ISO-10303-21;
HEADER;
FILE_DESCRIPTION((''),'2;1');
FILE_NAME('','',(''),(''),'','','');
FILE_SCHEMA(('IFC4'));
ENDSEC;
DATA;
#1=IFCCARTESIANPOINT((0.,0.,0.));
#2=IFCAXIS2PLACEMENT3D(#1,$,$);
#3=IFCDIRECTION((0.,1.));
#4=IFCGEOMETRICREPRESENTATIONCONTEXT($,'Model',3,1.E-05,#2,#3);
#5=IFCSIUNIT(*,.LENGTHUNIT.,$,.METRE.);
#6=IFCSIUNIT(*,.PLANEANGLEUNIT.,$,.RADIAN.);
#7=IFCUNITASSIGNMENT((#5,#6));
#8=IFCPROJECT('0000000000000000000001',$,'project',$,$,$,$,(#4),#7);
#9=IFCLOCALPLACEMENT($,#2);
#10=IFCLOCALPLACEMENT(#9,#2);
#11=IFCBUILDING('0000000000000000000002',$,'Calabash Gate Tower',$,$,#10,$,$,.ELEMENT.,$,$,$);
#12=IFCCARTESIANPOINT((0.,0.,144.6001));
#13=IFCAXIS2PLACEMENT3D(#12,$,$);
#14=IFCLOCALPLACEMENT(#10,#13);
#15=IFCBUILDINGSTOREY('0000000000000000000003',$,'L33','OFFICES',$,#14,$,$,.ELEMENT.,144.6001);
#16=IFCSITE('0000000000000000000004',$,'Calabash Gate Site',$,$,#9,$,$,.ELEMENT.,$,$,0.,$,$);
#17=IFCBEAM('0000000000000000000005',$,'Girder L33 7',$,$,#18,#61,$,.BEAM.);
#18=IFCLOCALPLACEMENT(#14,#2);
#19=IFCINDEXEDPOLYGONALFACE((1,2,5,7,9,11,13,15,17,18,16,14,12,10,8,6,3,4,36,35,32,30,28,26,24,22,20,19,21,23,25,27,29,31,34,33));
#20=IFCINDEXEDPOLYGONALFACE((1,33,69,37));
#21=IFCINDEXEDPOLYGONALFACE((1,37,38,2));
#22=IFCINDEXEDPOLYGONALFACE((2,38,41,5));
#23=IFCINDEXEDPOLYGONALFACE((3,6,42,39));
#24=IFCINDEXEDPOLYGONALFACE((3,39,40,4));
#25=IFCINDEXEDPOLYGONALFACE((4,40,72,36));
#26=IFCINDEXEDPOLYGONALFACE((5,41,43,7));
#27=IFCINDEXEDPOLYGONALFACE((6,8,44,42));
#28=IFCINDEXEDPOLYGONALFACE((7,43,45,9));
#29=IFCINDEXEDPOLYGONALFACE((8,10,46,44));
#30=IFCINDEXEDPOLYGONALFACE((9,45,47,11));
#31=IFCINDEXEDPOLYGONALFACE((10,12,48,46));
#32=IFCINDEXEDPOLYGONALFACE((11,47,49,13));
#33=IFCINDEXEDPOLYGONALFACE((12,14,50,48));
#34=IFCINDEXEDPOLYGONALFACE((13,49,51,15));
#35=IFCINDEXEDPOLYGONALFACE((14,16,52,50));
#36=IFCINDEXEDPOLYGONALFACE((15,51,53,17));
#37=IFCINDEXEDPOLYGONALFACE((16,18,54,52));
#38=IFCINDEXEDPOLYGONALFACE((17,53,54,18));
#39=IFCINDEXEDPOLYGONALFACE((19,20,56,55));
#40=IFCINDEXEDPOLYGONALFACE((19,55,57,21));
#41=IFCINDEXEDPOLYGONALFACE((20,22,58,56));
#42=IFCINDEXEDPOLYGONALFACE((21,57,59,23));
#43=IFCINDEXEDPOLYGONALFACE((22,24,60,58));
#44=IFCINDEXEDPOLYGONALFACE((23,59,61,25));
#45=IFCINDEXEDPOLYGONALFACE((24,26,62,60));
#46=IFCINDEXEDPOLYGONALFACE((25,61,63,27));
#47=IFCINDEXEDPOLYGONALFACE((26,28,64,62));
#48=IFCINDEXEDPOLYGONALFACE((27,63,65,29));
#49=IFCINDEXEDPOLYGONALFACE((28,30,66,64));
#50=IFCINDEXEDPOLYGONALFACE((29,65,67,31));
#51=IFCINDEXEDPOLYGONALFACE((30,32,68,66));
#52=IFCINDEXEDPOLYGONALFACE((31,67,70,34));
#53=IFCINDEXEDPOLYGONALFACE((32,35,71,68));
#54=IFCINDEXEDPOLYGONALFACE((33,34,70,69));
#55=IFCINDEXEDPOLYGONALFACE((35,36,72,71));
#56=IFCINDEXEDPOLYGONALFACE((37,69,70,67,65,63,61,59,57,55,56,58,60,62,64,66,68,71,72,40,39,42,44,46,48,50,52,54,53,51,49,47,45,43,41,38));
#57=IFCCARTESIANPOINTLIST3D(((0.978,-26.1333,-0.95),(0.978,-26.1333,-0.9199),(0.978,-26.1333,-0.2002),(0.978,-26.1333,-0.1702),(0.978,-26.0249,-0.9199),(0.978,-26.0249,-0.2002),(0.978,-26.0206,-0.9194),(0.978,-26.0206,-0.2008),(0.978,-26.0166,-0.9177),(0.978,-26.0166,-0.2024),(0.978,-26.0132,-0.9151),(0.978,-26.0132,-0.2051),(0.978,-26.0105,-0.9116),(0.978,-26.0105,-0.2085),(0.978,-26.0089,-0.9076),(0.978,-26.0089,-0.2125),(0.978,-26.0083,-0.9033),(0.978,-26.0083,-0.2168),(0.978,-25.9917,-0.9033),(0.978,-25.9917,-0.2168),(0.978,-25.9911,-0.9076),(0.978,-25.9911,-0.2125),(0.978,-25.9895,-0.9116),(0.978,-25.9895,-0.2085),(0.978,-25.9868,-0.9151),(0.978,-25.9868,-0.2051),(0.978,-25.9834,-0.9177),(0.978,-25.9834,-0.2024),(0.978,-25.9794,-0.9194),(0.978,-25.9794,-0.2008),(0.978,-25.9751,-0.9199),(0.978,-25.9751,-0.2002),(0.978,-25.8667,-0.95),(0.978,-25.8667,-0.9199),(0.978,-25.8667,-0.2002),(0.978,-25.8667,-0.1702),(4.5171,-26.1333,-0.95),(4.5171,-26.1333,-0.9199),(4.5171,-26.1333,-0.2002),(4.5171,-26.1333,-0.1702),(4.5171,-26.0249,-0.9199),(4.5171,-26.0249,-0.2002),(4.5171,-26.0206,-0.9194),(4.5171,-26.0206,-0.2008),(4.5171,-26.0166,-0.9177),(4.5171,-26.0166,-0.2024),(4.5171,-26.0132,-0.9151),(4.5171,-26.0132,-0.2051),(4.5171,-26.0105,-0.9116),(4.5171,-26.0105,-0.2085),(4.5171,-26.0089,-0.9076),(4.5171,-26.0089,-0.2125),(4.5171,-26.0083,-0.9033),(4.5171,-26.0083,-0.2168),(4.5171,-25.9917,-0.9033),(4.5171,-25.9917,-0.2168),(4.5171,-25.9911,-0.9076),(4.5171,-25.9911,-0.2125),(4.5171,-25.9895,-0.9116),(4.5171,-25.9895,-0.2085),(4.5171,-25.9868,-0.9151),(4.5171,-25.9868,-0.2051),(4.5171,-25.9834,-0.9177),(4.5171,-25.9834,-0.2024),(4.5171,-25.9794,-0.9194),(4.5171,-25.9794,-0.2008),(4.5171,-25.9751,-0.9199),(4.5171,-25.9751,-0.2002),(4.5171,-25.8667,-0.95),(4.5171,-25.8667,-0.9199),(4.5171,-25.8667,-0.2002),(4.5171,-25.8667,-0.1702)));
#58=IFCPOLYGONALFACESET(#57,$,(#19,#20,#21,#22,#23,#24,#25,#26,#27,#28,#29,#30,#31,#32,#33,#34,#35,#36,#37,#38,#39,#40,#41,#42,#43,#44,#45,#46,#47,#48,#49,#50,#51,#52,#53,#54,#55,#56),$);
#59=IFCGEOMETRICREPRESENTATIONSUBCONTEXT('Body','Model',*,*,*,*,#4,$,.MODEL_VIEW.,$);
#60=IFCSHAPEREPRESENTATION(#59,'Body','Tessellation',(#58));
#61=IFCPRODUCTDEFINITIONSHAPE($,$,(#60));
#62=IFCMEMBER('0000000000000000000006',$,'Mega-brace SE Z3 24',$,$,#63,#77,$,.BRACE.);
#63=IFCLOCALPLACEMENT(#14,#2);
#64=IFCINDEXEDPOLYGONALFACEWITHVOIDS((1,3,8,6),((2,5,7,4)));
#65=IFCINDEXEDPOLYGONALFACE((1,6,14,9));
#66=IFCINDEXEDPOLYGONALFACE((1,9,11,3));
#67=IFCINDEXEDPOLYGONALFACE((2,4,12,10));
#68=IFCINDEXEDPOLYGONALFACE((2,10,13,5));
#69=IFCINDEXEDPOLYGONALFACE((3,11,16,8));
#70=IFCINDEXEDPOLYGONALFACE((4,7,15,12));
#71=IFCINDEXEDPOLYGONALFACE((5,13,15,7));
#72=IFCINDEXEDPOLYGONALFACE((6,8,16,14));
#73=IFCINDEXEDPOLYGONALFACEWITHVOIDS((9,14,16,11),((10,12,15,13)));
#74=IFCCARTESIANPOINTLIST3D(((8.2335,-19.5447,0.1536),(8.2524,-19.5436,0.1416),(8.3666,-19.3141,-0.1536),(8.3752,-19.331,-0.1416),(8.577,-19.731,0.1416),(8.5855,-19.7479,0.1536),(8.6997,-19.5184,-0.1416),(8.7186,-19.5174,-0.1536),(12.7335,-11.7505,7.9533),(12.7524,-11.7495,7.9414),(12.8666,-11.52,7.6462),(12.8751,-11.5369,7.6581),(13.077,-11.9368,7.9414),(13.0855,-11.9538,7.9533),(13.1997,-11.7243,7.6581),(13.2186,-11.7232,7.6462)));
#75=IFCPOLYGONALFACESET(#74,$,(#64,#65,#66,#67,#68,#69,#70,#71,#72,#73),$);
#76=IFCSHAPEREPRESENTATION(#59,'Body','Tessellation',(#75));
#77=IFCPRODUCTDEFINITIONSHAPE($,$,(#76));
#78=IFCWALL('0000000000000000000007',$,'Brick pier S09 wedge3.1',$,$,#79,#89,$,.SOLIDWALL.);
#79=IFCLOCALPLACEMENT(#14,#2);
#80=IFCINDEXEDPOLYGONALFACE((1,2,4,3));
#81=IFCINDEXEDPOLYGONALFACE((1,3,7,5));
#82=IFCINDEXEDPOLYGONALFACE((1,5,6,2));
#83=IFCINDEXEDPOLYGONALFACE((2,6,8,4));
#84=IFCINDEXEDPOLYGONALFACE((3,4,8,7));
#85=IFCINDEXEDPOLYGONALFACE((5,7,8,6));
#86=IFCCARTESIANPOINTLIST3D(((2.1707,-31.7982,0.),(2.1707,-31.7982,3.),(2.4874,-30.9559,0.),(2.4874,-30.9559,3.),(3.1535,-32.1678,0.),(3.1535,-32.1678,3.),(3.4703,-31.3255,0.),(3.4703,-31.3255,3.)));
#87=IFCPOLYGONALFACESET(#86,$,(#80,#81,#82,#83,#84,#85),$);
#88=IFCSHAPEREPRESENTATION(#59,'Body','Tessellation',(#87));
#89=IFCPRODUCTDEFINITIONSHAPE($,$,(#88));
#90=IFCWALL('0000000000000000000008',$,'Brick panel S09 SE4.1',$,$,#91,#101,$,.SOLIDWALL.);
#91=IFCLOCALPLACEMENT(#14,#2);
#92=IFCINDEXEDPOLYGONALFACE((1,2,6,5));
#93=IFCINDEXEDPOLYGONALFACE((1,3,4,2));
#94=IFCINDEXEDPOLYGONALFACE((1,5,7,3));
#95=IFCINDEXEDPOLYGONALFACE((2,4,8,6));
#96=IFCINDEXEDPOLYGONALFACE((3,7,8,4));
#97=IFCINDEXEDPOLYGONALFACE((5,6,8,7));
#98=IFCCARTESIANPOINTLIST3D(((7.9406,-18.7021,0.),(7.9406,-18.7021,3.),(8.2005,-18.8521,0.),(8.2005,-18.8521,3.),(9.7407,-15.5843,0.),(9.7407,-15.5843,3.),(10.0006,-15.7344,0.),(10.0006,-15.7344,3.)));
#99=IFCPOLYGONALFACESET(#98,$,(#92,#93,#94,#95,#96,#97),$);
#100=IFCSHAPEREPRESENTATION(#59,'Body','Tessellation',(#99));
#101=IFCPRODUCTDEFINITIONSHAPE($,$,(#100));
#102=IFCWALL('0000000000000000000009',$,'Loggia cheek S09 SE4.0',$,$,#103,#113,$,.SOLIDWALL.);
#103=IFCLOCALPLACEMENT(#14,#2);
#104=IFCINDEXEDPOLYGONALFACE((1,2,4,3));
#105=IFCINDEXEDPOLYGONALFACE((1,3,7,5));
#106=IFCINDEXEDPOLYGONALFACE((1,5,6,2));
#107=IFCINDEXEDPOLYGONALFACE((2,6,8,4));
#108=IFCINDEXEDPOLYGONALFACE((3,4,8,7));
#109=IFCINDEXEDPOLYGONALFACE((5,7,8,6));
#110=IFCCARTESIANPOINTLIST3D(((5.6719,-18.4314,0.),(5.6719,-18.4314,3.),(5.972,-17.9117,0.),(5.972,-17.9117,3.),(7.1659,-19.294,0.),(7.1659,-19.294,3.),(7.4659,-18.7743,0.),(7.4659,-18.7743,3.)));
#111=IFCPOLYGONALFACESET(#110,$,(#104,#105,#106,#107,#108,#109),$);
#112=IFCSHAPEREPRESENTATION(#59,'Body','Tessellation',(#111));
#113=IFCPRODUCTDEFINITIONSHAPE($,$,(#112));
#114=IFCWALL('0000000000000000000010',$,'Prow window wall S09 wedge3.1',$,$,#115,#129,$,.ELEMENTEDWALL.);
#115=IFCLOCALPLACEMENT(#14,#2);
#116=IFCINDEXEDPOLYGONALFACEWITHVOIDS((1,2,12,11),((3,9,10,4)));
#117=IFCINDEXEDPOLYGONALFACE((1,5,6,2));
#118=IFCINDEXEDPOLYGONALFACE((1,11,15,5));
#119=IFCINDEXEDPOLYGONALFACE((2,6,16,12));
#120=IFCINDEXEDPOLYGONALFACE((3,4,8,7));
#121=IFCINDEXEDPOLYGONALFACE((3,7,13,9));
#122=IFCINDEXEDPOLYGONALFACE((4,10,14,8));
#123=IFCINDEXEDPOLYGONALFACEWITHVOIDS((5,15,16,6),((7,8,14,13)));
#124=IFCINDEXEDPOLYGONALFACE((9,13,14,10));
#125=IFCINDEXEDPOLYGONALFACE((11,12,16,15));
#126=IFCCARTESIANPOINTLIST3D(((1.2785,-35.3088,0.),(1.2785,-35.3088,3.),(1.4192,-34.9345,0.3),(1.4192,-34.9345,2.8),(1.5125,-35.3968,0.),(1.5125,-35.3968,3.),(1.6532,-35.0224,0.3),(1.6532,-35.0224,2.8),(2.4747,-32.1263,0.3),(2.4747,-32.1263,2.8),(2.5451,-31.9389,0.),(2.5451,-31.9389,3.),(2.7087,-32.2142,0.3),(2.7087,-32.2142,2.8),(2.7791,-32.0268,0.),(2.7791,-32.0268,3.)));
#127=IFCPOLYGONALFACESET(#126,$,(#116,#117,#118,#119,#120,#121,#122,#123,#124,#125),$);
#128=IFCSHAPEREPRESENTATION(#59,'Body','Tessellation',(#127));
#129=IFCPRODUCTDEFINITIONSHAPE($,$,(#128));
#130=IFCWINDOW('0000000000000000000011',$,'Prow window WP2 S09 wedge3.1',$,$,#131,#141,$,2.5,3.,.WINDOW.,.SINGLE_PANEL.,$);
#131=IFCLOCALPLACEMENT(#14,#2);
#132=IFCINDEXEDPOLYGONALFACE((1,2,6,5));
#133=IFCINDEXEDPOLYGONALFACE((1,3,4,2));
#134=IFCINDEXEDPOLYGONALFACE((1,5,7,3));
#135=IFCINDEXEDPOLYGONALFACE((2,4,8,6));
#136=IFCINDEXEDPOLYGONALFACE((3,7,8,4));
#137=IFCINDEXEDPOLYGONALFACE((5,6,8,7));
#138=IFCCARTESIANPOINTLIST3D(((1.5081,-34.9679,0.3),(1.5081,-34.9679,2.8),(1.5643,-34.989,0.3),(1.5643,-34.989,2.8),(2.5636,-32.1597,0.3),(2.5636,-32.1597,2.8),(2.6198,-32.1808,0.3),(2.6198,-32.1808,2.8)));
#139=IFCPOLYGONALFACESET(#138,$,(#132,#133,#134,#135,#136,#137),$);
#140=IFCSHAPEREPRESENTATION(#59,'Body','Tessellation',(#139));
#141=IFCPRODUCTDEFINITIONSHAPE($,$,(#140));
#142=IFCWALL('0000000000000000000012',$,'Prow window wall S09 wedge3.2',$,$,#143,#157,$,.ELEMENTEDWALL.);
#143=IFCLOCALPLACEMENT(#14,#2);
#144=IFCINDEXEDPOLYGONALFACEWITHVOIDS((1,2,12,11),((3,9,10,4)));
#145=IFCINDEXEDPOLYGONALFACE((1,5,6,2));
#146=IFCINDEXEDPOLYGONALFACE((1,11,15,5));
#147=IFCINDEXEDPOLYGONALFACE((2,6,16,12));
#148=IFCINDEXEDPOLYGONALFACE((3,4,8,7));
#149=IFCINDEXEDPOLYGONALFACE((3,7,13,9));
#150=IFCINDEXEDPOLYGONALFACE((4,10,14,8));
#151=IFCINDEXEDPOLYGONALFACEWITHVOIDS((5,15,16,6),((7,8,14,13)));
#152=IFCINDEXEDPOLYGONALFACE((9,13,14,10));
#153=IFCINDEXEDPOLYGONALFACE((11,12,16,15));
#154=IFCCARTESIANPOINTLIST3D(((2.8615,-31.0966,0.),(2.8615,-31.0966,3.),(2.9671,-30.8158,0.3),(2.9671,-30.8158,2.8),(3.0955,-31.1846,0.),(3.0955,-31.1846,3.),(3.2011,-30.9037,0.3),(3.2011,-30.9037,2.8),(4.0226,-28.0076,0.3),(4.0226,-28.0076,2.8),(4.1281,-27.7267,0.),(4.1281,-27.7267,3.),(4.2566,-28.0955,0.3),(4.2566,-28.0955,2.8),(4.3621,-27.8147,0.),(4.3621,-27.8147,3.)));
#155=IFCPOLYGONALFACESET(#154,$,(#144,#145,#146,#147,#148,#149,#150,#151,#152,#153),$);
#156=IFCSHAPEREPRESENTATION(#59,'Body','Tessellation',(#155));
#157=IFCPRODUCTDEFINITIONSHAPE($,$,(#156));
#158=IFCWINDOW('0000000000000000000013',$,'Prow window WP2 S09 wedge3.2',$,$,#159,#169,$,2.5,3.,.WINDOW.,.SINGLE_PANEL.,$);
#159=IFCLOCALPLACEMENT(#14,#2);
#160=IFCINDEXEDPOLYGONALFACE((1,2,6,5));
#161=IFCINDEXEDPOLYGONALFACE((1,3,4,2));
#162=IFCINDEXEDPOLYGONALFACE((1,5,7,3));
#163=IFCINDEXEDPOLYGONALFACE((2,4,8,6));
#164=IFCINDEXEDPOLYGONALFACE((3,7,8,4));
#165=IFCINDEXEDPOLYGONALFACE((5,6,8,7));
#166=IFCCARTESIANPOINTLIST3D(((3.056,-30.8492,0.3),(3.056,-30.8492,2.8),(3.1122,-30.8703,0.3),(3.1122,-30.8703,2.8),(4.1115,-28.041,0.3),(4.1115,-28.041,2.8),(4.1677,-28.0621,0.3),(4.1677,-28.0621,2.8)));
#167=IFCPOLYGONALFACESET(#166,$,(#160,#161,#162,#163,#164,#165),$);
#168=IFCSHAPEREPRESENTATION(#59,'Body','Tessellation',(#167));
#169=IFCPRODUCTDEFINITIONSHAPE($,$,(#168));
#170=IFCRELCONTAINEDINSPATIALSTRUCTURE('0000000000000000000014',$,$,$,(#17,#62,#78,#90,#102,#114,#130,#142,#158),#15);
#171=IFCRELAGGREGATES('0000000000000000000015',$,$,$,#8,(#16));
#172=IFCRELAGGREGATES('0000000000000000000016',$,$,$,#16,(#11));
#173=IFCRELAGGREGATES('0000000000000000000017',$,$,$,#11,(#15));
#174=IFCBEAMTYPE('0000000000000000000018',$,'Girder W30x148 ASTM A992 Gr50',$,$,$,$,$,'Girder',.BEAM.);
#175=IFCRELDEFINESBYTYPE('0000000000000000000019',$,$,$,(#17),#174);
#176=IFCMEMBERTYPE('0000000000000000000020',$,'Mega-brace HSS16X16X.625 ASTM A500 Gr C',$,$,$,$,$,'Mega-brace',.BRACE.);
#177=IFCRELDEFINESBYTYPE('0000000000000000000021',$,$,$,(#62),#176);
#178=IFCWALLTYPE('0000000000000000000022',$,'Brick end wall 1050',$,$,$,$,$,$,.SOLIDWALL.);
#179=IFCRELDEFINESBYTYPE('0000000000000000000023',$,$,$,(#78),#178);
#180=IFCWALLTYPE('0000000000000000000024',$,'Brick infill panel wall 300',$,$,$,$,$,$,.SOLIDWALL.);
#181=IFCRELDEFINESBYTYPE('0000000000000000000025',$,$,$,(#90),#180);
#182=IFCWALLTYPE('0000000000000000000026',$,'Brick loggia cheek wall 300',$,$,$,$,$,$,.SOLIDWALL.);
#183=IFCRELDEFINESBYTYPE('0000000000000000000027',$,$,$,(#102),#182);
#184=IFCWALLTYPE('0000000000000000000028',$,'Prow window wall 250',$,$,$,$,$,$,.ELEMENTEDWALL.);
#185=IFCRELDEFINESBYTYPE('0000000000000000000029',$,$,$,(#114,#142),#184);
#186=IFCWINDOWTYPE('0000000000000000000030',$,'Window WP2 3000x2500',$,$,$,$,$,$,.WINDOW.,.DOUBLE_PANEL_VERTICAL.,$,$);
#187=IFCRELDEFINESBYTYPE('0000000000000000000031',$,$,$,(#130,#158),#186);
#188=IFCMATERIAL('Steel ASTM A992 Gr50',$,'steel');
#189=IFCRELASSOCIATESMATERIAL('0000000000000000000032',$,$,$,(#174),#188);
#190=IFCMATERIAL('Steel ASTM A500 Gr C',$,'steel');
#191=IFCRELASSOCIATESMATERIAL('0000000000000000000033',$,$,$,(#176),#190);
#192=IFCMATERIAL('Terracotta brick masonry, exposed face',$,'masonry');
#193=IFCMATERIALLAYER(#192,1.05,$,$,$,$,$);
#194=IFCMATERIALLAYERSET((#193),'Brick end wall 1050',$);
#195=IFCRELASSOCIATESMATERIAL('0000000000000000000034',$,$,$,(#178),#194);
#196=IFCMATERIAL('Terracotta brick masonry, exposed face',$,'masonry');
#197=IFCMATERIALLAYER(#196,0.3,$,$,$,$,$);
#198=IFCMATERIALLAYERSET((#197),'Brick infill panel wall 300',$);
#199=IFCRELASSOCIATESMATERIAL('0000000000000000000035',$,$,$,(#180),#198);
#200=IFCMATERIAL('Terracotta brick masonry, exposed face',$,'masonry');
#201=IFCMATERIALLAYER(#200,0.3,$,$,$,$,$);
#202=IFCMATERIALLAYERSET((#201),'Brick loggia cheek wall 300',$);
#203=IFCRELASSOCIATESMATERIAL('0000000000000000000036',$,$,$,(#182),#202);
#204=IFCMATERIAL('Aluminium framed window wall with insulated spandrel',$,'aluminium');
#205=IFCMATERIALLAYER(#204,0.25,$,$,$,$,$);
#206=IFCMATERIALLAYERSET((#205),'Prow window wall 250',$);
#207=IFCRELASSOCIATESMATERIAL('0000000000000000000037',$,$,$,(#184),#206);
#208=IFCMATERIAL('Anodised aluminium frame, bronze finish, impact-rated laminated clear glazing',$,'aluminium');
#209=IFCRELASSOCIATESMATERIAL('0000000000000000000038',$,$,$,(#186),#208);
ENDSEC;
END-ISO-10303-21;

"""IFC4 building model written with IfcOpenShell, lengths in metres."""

from ifc_helpers import new_model, si_unit, direction, frame, frame_2d, origin, origin_2d, place, context, subcontext, project, spatial, rectangle, hollow_rectangle, i_section, extrude, material, layer, layer_set, material_profile, profile_set, type_object, element, fill, save


model = new_model("IFC4")

# Units and contexts
model_context = context("Model", 3, precision=1e-05, world=origin(), true_north=direction((0.0, 1.0)))
body_context = subcontext(model_context, "Body", "Model", "MODEL_VIEW")
ifc_project = project(units=[si_unit("LENGTHUNIT", "METRE"), si_unit("PLANEANGLEUNIT", "RADIAN")], contexts=[model_context])

# Site, building, storey
site_placement = place(None, origin())
site = spatial("IfcSite", under=ifc_project, at=site_placement, Name="Calabash Gate Site", CompositionType="ELEMENT", RefElevation=0.0)
building_placement = place(site_placement, origin())
building = spatial("IfcBuilding", under=site, at=building_placement, Name="Calabash Gate Tower", CompositionType="ELEMENT")
storey_placement = place(building_placement, frame((0.0, 0.0, 144.6001)))
storey = spatial("IfcBuildingStorey", under=building, at=storey_placement, Name="L33", Description="OFFICES", CompositionType="ELEMENT", Elevation=144.6001)

# Beam
ifc_material_1 = material(Name="Steel ASTM A992 Gr50", Category="steel")
ifc_material_profile_1 = material_profile(ifc_material_1, i_section(OverallWidth=0.2666, OverallDepth=0.7798, WebThickness=0.0166, FlangeThickness=0.03, FilletRadius=0.0166, at=origin_2d()))
ifc_profile_set_1 = profile_set([ifc_material_profile_1], Name="Steel ASTM A992 Gr50")
beam_type_1 = type_object("IfcBeamType", Name="Girder W30x148 ASTM A992 Gr50", ElementType="Girder", PredefinedType="BEAM", material=ifc_profile_set_1)
beam_1_placement = place(storey_placement, frame((0.978, -26.0, -0.5601), z_axis=(1.0, 0.0, 0.0), x_axis=(0.0, 1.0, 0.0)))
element("IfcBeam", 1, at=beam_1_placement, inside=storey, type_object=beam_type_1, Name="Girder L33 7", PredefinedType="BEAM", context=body_context, shape_type="SweptSolid", body=[
    extrude(i_section(OverallWidth=0.2666, OverallDepth=0.7798, WebThickness=0.0166, FlangeThickness=0.03, FilletRadius=0.0166, at=origin_2d()), origin(), (0.0, 0.0, 1.0), 3.5391),
])

# Member
ifc_material_2 = material(Name="Steel ASTM A500 Gr C", Category="steel")
ifc_material_profile_2 = material_profile(ifc_material_2, hollow_rectangle(XDim=0.4065, YDim=0.4065, WallThickness=0.0159, at=origin_2d()))
ifc_profile_set_2 = profile_set([ifc_material_profile_2], Name="Steel ASTM A500 Gr C")
member_type = type_object("IfcMemberType", Name="Mega-brace HSS16X16X.625 ASTM A500 Gr C", ElementType="Mega-brace", PredefinedType="BRACE", material=ifc_profile_set_2)
member_placement = place(storey_placement, frame((8.4761, -19.531, 0.0), z_axis=(0.377849, 0.654451, 0.654923), x_axis=(-0.866024, 0.500002, 0.0)))
element("IfcMember", 2, at=member_placement, inside=storey, type_object=member_type, Name="Mega-brace SE Z3 24", PredefinedType="BRACE", context=body_context, shape_type="SweptSolid", body=[
    extrude(hollow_rectangle(XDim=0.4065, YDim=0.4065, WallThickness=0.0159, at=origin_2d()), origin(), (0.0, 0.0, 1.0), 11.9094),
])

# Walls
ifc_material_3 = material(Name="Terracotta brick masonry, exposed face", Category="masonry")
ifc_layer_1 = layer(ifc_material_3, 1.05)
ifc_layer_set_1 = layer_set([ifc_layer_1], Name="Brick end wall 1050")
wall_type_1 = type_object("IfcWallType", Name="Brick end wall 1050", PredefinedType="SOLIDWALL", material=ifc_layer_set_1)
wall_1_placement = place(storey_placement, frame((3.3118, -31.7466, 0.0), z_axis=(0.0, 0.0, 1.0), x_axis=(-0.936004, 0.35199, 0.0)))
element("IfcWall", 3, at=wall_1_placement, inside=storey, type_object=wall_type_1, Name="Brick pier S09 wedge3.1", PredefinedType="SOLIDWALL", context=body_context, shape_type="SweptSolid", body=[
    extrude(rectangle(XDim=1.05, YDim=0.8999, at=frame_2d((0.5249, 0.0))), origin(), (0.0, 0.0, 1.0), 3.0),
])
ifc_material_4 = material(Name="Terracotta brick masonry, exposed face", Category="masonry")
ifc_layer_2 = layer(ifc_material_4, 0.3)
ifc_layer_set_2 = layer_set([ifc_layer_2], Name="Brick infill panel wall 300")
wall_type_2 = type_object("IfcWallType", Name="Brick infill panel wall 300", PredefinedType="SOLIDWALL", material=ifc_layer_set_2)
wall_2_placement = place(storey_placement, frame((8.0706, -18.7771, 0.0), z_axis=(0.0, 0.0, 1.0), x_axis=(0.500012, 0.866018, 0.0)))
element("IfcWall", 4, at=wall_2_placement, inside=storey, type_object=wall_type_2, Name="Brick panel S09 SE4.1", PredefinedType="SOLIDWALL", context=body_context, shape_type="SweptSolid", body=[
    extrude(rectangle(XDim=3.6001, YDim=0.3, at=frame_2d((1.8, 0.0))), origin(), (0.0, 0.0, 1.0), 3.0),
])
ifc_material_5 = material(Name="Terracotta brick masonry, exposed face", Category="masonry")
ifc_layer_3 = layer(ifc_material_5, 0.3)
ifc_layer_set_3 = layer_set([ifc_layer_3], Name="Brick loggia cheek wall 300")
wall_type_3 = type_object("IfcWallType", Name="Brick loggia cheek wall 300", PredefinedType="SOLIDWALL", material=ifc_layer_set_3)
wall_3_placement = place(storey_placement, frame((7.3159, -19.0342, 0.0), z_axis=(0.0, 0.0, 1.0), x_axis=(-0.866014, 0.500021, 0.0)))
element("IfcWall", 5, at=wall_3_placement, inside=storey, type_object=wall_type_3, Name="Loggia cheek S09 SE4.0", PredefinedType="SOLIDWALL", context=body_context, shape_type="SweptSolid", body=[
    extrude(rectangle(XDim=1.7251, YDim=0.6001, at=frame_2d((0.8625, 0.0))), origin(), (0.0, 0.0, 1.0), 3.0),
])

# Walls, openings, windows
ifc_material_6 = material(Name="Aluminium framed window wall with insulated spandrel", Category="aluminium")
ifc_layer_4 = layer(ifc_material_6, 0.25)
ifc_layer_set_4 = layer_set([ifc_layer_4], Name="Prow window wall 250")
wall_type_4 = type_object("IfcWallType", Name="Prow window wall 250", PredefinedType="ELEMENTEDWALL", material=ifc_layer_set_4)
wall_4_placement = place(storey_placement, frame((1.3955, -35.3528, 0.0), z_axis=(0.0, 0.0, 1.0), x_axis=(0.351829, 0.936064, 0.0)))
wall_4 = element("IfcWall", 6, at=wall_4_placement, inside=storey, type_object=wall_type_4, Name="Prow window wall S09 wedge3.1", PredefinedType="ELEMENTEDWALL", context=body_context, shape_type="SweptSolid", body=[
    extrude(rectangle(XDim=3.6001, YDim=0.25, at=frame_2d((1.8, 0.0))), origin(), (0.0, 0.0, 1.0), 3.0),
])
opening_1_placement = place(wall_4_placement, frame((0.3999, 0.0, 0.3)))
opening_1 = element("IfcOpeningElement", 7, at=opening_1_placement, cuts=wall_4, PredefinedType="OPENING", context=body_context, shape_type="SweptSolid", body=[
    extrude(rectangle(XDim=3.0, YDim=2.5, at=frame_2d((1.5, 1.25))), frame((0.0, 0.135, 0.0), z_axis=(0.0, -1.0, 0.0), x_axis=(1.0, 0.0, 0.0)), (0.0, 0.0, 1.0), 0.27),
])
ifc_material_7 = material(Name="Anodised aluminium frame, bronze finish, impact-rated laminated clear glazing", Category="aluminium")
window_type_1 = type_object("IfcWindowType", Name="Window WP2 3000x2500", PartitioningType="DOUBLE_PANEL_VERTICAL", PredefinedType="WINDOW", material=ifc_material_7)
window_1_placement = place(opening_1_placement, origin())
window_1 = element("IfcWindow", 8, at=window_1_placement, inside=storey, type_object=window_type_1, Name="Prow window WP2 S09 wedge3.1", OverallHeight=2.5, OverallWidth=3.0, PartitioningType="SINGLE_PANEL", PredefinedType="WINDOW", context=body_context, shape_type="SweptSolid", body=[
    extrude(rectangle(XDim=3.0, YDim=2.5, at=frame_2d((1.5, 1.25))), frame((0.0, 0.03, 0.0), z_axis=(0.0, -1.0, 0.0), x_axis=(1.0, 0.0, 0.0)), (0.0, 0.0, 1.0), 0.0601),
])
fill(opening_1, window_1)
wall_5_placement = place(storey_placement, frame((2.9785, -31.1406, 0.0), z_axis=(0.0, 0.0, 1.0), x_axis=(0.351829, 0.936064, 0.0)))
wall_5 = element("IfcWall", 9, at=wall_5_placement, inside=storey, type_object=wall_type_4, Name="Prow window wall S09 wedge3.2", PredefinedType="ELEMENTEDWALL", context=body_context, shape_type="SweptSolid", body=[
    extrude(rectangle(XDim=3.6001, YDim=0.25, at=frame_2d((1.8, 0.0))), origin(), (0.0, 0.0, 1.0), 3.0),
])
opening_2_placement = place(wall_5_placement, frame((0.3, 0.0, 0.3)))
opening_2 = element("IfcOpeningElement", 10, at=opening_2_placement, cuts=wall_5, PredefinedType="OPENING", context=body_context, shape_type="SweptSolid", body=[
    extrude(rectangle(XDim=3.0, YDim=2.5, at=frame_2d((1.5, 1.25))), frame((0.0, 0.135, 0.0), z_axis=(0.0, -1.0, 0.0), x_axis=(1.0, 0.0, 0.0)), (0.0, 0.0, 1.0), 0.27),
])
window_2_placement = place(opening_2_placement, origin())
window_2 = element("IfcWindow", 11, at=window_2_placement, inside=storey, type_object=window_type_1, Name="Prow window WP2 S09 wedge3.2", OverallHeight=2.5, OverallWidth=3.0, PartitioningType="SINGLE_PANEL", PredefinedType="WINDOW", context=body_context, shape_type="SweptSolid", body=[
    extrude(rectangle(XDim=3.0, YDim=2.5, at=frame_2d((1.5, 1.25))), frame((0.0, 0.03, 0.0), z_axis=(0.0, -1.0, 0.0), x_axis=(1.0, 0.0, 0.0)), (0.0, 0.0, 1.0), 0.0601),
])
fill(opening_2, window_2)

save(model, "model.ifc")
